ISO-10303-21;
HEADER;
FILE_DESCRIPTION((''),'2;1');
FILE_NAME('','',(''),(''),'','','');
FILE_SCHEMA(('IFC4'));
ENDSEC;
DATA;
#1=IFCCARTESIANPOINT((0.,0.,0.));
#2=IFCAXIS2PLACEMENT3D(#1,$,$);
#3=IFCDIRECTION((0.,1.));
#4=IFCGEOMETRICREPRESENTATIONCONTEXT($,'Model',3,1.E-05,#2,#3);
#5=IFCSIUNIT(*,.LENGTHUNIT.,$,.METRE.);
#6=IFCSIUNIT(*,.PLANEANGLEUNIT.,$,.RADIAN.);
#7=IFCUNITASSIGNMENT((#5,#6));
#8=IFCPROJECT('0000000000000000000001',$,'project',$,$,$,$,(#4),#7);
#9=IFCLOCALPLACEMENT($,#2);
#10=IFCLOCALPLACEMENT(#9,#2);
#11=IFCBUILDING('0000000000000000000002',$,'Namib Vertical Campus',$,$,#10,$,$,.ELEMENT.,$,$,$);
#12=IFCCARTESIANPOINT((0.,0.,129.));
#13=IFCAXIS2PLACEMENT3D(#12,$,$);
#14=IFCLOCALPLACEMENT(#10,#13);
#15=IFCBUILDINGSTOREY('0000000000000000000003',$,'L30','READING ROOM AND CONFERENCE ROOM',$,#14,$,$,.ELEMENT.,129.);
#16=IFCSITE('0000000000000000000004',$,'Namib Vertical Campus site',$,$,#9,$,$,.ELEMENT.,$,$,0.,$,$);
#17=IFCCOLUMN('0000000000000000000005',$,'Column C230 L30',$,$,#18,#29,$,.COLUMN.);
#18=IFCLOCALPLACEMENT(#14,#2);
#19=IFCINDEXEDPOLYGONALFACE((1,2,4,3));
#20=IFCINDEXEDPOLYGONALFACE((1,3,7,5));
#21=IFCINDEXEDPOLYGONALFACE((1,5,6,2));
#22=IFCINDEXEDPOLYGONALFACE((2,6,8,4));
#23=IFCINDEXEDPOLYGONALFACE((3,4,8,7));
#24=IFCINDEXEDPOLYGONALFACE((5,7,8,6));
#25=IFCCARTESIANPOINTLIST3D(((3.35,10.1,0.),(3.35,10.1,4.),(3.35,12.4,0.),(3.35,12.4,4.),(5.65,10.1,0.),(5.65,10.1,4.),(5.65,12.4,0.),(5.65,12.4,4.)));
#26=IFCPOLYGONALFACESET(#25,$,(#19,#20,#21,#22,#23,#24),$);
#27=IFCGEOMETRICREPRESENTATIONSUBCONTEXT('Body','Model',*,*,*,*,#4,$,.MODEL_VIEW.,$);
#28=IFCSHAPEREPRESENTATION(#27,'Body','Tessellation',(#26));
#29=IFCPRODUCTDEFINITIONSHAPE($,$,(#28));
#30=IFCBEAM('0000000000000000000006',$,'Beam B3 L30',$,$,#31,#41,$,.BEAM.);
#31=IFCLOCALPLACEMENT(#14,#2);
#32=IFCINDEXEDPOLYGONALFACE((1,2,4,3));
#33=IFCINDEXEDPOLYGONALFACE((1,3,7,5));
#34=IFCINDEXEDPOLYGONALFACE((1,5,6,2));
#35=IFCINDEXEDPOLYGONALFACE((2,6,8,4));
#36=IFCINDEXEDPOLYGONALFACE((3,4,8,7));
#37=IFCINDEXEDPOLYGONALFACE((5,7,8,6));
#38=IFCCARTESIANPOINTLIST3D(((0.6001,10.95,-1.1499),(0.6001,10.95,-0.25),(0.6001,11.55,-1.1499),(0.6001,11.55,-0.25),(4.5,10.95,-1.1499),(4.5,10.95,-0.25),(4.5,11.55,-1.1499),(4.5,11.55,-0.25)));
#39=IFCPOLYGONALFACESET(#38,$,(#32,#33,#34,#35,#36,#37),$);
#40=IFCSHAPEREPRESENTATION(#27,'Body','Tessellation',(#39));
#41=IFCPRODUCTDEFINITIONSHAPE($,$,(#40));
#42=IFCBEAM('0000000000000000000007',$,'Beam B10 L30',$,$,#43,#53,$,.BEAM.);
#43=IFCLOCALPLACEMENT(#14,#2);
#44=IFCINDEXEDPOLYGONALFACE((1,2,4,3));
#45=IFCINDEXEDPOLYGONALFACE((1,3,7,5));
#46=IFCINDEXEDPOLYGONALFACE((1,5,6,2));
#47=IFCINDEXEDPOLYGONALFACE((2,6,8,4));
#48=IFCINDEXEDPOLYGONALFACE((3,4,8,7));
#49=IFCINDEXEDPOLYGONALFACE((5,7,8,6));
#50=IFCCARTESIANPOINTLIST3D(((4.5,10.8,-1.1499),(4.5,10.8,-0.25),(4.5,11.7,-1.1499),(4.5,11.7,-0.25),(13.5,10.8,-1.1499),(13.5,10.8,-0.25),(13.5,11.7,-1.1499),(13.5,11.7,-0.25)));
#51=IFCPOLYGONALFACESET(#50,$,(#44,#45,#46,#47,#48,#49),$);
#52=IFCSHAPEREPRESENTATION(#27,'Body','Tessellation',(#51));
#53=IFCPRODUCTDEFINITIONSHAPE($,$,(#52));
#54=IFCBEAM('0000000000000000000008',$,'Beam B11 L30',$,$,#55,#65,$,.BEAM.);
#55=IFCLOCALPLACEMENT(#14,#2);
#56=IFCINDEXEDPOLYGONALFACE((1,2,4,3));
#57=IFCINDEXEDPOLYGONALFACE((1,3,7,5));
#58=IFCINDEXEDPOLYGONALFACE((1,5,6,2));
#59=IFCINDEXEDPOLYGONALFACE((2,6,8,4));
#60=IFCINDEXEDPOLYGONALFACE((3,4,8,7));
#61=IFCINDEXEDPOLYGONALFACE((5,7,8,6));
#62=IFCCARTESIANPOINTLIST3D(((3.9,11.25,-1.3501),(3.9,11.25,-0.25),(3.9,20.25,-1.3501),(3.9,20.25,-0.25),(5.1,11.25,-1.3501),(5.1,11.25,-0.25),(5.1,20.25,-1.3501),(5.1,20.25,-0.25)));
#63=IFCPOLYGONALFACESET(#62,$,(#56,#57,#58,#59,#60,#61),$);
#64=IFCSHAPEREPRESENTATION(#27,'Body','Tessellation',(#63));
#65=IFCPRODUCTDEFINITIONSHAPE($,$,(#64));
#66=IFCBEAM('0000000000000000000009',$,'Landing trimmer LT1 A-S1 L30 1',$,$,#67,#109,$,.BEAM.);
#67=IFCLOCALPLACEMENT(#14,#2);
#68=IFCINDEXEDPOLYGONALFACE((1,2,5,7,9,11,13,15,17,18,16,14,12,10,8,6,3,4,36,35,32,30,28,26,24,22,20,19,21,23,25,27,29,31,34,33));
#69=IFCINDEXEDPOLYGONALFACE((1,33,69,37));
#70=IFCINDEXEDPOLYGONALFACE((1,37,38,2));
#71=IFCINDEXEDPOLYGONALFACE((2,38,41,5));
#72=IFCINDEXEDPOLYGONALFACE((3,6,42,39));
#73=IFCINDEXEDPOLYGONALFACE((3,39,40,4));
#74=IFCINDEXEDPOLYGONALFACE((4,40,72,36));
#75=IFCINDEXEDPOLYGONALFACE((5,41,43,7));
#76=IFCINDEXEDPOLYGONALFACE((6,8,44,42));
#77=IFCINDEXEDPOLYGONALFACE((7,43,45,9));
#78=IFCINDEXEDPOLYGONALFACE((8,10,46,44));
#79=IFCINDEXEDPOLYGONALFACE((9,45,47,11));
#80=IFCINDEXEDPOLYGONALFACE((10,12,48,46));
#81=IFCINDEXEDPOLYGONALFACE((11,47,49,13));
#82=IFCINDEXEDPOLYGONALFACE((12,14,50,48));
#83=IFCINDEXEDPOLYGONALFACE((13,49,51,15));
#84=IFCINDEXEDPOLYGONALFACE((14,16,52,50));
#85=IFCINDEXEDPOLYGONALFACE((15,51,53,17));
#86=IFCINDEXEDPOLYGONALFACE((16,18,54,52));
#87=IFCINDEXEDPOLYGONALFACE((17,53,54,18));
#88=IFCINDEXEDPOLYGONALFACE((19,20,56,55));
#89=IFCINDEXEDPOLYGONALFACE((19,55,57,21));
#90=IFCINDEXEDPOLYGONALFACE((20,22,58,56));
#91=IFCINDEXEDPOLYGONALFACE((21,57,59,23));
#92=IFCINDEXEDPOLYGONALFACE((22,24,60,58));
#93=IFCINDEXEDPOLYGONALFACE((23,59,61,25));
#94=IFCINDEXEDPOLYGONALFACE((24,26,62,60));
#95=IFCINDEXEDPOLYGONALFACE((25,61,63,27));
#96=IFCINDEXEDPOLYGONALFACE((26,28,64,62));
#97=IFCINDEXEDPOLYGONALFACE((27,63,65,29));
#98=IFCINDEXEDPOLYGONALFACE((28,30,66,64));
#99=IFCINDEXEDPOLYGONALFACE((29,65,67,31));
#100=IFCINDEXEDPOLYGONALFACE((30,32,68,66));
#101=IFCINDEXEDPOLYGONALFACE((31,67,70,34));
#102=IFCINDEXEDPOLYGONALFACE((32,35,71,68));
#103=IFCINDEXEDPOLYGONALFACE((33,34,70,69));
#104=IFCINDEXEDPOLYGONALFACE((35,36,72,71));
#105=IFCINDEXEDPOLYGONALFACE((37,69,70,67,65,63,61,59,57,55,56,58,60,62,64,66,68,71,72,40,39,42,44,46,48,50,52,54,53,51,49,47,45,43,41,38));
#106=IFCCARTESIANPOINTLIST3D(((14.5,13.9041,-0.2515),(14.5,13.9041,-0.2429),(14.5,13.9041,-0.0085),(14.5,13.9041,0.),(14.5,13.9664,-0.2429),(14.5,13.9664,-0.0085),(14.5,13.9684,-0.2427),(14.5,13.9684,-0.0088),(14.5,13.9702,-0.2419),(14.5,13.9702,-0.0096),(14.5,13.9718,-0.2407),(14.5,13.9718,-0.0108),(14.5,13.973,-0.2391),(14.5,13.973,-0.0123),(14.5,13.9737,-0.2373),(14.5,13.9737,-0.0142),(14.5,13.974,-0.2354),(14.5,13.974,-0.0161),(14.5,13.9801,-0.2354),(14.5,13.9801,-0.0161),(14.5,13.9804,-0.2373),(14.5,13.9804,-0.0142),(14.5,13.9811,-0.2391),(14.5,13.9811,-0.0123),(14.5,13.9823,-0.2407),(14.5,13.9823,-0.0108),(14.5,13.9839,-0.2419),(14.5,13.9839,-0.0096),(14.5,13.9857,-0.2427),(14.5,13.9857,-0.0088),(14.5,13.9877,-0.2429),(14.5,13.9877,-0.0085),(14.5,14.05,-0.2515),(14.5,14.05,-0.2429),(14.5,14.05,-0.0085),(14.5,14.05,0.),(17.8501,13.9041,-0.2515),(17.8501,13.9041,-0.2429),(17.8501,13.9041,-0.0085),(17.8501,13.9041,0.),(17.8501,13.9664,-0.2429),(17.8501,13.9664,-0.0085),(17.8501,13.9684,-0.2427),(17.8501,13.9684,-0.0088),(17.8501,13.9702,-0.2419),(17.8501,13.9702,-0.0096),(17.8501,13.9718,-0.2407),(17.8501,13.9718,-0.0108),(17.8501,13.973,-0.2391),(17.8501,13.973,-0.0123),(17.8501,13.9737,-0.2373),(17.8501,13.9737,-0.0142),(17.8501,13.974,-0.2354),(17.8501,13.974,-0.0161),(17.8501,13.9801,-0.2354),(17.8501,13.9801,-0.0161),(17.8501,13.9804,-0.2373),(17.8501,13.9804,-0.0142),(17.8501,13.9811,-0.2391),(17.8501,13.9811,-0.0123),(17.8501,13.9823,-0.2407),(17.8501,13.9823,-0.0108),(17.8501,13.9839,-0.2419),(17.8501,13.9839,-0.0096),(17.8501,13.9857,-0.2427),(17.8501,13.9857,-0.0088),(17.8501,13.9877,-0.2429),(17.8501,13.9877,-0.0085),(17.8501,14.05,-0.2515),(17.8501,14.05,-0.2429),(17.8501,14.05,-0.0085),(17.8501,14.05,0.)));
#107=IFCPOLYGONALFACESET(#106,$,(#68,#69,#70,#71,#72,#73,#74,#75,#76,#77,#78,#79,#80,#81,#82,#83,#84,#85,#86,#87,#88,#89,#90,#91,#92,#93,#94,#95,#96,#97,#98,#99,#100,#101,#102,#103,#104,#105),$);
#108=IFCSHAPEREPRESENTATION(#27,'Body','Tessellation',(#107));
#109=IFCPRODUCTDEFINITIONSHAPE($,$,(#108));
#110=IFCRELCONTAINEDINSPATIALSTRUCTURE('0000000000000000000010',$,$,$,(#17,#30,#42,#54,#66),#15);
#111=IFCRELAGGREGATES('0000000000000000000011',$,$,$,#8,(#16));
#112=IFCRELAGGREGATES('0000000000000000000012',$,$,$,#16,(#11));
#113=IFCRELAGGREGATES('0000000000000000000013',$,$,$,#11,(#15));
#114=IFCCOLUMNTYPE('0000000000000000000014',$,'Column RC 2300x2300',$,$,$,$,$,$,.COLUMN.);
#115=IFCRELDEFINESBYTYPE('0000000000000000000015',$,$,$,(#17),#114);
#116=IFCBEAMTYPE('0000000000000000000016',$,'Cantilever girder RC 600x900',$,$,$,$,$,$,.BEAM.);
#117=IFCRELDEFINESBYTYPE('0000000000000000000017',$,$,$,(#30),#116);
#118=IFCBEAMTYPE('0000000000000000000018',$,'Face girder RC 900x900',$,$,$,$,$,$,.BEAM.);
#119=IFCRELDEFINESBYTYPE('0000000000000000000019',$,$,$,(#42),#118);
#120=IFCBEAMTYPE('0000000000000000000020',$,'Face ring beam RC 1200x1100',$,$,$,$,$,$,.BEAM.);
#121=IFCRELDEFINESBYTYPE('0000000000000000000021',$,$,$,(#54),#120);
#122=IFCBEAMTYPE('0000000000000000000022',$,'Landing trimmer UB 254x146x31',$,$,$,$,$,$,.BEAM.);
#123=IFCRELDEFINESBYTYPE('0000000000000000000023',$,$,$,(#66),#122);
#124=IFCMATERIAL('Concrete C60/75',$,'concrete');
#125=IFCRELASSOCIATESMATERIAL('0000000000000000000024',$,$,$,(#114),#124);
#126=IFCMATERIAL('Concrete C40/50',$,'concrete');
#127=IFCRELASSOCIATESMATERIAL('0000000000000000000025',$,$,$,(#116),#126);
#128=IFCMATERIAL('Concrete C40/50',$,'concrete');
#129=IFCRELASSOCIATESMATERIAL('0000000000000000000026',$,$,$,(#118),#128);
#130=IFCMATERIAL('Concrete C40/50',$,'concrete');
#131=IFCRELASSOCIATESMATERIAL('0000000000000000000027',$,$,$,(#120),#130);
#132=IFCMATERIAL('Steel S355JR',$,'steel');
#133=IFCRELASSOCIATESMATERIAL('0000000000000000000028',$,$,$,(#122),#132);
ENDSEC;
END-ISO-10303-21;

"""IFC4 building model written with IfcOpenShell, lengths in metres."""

from ifc_helpers import new_model, si_unit, direction, frame, origin, origin_2d, place, context, subcontext, project, spatial, rectangle, i_section, extrude, material, material_profile, profile_set, type_object, element, save


model = new_model("IFC4")

# Units and contexts
model_context = context("Model", 3, precision=1e-05, world=origin(), true_north=direction((0.0, 1.0)))
body_context = subcontext(model_context, "Body", "Model", "MODEL_VIEW")
ifc_project = project(units=[si_unit("LENGTHUNIT", "METRE"), si_unit("PLANEANGLEUNIT", "RADIAN")], contexts=[model_context])

# Site, building, storey
site_placement = place(None, origin())
site = spatial("IfcSite", under=ifc_project, at=site_placement, Name="Namib Vertical Campus site", CompositionType="ELEMENT", RefElevation=0.0)
building_placement = place(site_placement, origin())
building = spatial("IfcBuilding", under=site, at=building_placement, Name="Namib Vertical Campus", CompositionType="ELEMENT")
storey_placement = place(building_placement, frame((0.0, 0.0, 129.0)))
storey = spatial("IfcBuildingStorey", under=building, at=storey_placement, Name="L30", Description="READING ROOM AND CONFERENCE ROOM", CompositionType="ELEMENT", Elevation=129.0)

# Column
ifc_material_1 = material(Name="Concrete C60/75", Category="concrete")
ifc_material_profile_1 = material_profile(ifc_material_1, rectangle(XDim=2.3, YDim=2.3, at=origin_2d()))
ifc_profile_set_1 = profile_set([ifc_material_profile_1], Name="Concrete C60/75")
column_type = type_object("IfcColumnType", Name="Column RC 2300x2300", PredefinedType="COLUMN", material=ifc_profile_set_1)
column_placement = place(storey_placement, frame((4.5, 11.25, 0.0), z_axis=(0.0, 0.0, 1.0), x_axis=(1.0, 0.0, 0.0)))
element("IfcColumn", 1, at=column_placement, inside=storey, type_object=column_type, Name="Column C230 L30", PredefinedType="COLUMN", context=body_context, shape_type="SweptSolid", body=[
    extrude(rectangle(XDim=2.3, YDim=2.3, at=origin_2d()), origin(), (0.0, 0.0, 1.0), 4.0),
])

# Beams
ifc_material_2 = material(Name="Concrete C40/50", Category="concrete")
ifc_material_profile_2 = material_profile(ifc_material_2, rectangle(XDim=0.6001, YDim=0.8999, at=origin_2d()))
ifc_profile_set_2 = profile_set([ifc_material_profile_2], Name="Concrete C40/50")
beam_type_1 = type_object("IfcBeamType", Name="Cantilever girder RC 600x900", PredefinedType="BEAM", material=ifc_profile_set_2)
beam_1_placement = place(storey_placement, frame((4.5, 11.25, -0.7), z_axis=(-1.0, 0.0, 0.0), x_axis=(0.0, -1.0, 0.0)))
element("IfcBeam", 2, at=beam_1_placement, inside=storey, type_object=beam_type_1, Name="Beam B3 L30", PredefinedType="BEAM", context=body_context, shape_type="SweptSolid", body=[
    extrude(rectangle(XDim=0.6001, YDim=0.8999, at=origin_2d()), origin(), (0.0, 0.0, 1.0), 3.8999),
])
ifc_material_3 = material(Name="Concrete C40/50", Category="concrete")
ifc_material_profile_3 = material_profile(ifc_material_3, rectangle(XDim=0.8999, YDim=0.8999, at=origin_2d()))
ifc_profile_set_3 = profile_set([ifc_material_profile_3], Name="Concrete C40/50")
beam_type_2 = type_object("IfcBeamType", Name="Face girder RC 900x900", PredefinedType="BEAM", material=ifc_profile_set_3)
beam_2_placement = place(storey_placement, frame((4.5, 11.25, -0.7), z_axis=(1.0, 0.0, 0.0), x_axis=(0.0, 1.0, 0.0)))
element("IfcBeam", 3, at=beam_2_placement, inside=storey, type_object=beam_type_2, Name="Beam B10 L30", PredefinedType="BEAM", context=body_context, shape_type="SweptSolid", body=[
    extrude(rectangle(XDim=0.8999, YDim=0.8999, at=origin_2d()), origin(), (0.0, 0.0, 1.0), 9.0),
])
ifc_material_4 = material(Name="Concrete C40/50", Category="concrete")
ifc_material_profile_4 = material_profile(ifc_material_4, rectangle(XDim=1.2, YDim=1.1001, at=origin_2d()))
ifc_profile_set_4 = profile_set([ifc_material_profile_4], Name="Concrete C40/50")
beam_type_3 = type_object("IfcBeamType", Name="Face ring beam RC 1200x1100", PredefinedType="BEAM", material=ifc_profile_set_4)
beam_3_placement = place(storey_placement, frame((4.5, 11.25, -0.8), z_axis=(0.0, 1.0, 0.0), x_axis=(-1.0, 0.0, 0.0)))
element("IfcBeam", 4, at=beam_3_placement, inside=storey, type_object=beam_type_3, Name="Beam B11 L30", PredefinedType="BEAM", context=body_context, shape_type="SweptSolid", body=[
    extrude(rectangle(XDim=1.2, YDim=1.1001, at=origin_2d()), origin(), (0.0, 0.0, 1.0), 9.0),
])
ifc_material_5 = material(Name="Steel S355JR", Category="steel")
ifc_material_profile_5 = material_profile(ifc_material_5, i_section(OverallWidth=0.146, OverallDepth=0.2515, WebThickness=0.0061, FlangeThickness=0.0085, FilletRadius=0.0076, at=origin_2d()))
ifc_profile_set_5 = profile_set([ifc_material_profile_5], Name="Steel S355JR")
beam_type_4 = type_object("IfcBeamType", Name="Landing trimmer UB 254x146x31", PredefinedType="BEAM", material=ifc_profile_set_5)
beam_4_placement = place(storey_placement, frame((14.5, 13.9771, -0.1257), z_axis=(1.0, 0.0, 0.0), x_axis=(0.0, 1.0, 0.0)))
element("IfcBeam", 5, at=beam_4_placement, inside=storey, type_object=beam_type_4, Name="Landing trimmer LT1 A-S1 L30 1", PredefinedType="BEAM", context=body_context, shape_type="SweptSolid", body=[
    extrude(i_section(OverallWidth=0.146, OverallDepth=0.2515, WebThickness=0.0061, FlangeThickness=0.0085, FilletRadius=0.0076, at=origin_2d()), origin(), (0.0, 0.0, 1.0), 3.3501),
])

save(model, "model.ifc")
